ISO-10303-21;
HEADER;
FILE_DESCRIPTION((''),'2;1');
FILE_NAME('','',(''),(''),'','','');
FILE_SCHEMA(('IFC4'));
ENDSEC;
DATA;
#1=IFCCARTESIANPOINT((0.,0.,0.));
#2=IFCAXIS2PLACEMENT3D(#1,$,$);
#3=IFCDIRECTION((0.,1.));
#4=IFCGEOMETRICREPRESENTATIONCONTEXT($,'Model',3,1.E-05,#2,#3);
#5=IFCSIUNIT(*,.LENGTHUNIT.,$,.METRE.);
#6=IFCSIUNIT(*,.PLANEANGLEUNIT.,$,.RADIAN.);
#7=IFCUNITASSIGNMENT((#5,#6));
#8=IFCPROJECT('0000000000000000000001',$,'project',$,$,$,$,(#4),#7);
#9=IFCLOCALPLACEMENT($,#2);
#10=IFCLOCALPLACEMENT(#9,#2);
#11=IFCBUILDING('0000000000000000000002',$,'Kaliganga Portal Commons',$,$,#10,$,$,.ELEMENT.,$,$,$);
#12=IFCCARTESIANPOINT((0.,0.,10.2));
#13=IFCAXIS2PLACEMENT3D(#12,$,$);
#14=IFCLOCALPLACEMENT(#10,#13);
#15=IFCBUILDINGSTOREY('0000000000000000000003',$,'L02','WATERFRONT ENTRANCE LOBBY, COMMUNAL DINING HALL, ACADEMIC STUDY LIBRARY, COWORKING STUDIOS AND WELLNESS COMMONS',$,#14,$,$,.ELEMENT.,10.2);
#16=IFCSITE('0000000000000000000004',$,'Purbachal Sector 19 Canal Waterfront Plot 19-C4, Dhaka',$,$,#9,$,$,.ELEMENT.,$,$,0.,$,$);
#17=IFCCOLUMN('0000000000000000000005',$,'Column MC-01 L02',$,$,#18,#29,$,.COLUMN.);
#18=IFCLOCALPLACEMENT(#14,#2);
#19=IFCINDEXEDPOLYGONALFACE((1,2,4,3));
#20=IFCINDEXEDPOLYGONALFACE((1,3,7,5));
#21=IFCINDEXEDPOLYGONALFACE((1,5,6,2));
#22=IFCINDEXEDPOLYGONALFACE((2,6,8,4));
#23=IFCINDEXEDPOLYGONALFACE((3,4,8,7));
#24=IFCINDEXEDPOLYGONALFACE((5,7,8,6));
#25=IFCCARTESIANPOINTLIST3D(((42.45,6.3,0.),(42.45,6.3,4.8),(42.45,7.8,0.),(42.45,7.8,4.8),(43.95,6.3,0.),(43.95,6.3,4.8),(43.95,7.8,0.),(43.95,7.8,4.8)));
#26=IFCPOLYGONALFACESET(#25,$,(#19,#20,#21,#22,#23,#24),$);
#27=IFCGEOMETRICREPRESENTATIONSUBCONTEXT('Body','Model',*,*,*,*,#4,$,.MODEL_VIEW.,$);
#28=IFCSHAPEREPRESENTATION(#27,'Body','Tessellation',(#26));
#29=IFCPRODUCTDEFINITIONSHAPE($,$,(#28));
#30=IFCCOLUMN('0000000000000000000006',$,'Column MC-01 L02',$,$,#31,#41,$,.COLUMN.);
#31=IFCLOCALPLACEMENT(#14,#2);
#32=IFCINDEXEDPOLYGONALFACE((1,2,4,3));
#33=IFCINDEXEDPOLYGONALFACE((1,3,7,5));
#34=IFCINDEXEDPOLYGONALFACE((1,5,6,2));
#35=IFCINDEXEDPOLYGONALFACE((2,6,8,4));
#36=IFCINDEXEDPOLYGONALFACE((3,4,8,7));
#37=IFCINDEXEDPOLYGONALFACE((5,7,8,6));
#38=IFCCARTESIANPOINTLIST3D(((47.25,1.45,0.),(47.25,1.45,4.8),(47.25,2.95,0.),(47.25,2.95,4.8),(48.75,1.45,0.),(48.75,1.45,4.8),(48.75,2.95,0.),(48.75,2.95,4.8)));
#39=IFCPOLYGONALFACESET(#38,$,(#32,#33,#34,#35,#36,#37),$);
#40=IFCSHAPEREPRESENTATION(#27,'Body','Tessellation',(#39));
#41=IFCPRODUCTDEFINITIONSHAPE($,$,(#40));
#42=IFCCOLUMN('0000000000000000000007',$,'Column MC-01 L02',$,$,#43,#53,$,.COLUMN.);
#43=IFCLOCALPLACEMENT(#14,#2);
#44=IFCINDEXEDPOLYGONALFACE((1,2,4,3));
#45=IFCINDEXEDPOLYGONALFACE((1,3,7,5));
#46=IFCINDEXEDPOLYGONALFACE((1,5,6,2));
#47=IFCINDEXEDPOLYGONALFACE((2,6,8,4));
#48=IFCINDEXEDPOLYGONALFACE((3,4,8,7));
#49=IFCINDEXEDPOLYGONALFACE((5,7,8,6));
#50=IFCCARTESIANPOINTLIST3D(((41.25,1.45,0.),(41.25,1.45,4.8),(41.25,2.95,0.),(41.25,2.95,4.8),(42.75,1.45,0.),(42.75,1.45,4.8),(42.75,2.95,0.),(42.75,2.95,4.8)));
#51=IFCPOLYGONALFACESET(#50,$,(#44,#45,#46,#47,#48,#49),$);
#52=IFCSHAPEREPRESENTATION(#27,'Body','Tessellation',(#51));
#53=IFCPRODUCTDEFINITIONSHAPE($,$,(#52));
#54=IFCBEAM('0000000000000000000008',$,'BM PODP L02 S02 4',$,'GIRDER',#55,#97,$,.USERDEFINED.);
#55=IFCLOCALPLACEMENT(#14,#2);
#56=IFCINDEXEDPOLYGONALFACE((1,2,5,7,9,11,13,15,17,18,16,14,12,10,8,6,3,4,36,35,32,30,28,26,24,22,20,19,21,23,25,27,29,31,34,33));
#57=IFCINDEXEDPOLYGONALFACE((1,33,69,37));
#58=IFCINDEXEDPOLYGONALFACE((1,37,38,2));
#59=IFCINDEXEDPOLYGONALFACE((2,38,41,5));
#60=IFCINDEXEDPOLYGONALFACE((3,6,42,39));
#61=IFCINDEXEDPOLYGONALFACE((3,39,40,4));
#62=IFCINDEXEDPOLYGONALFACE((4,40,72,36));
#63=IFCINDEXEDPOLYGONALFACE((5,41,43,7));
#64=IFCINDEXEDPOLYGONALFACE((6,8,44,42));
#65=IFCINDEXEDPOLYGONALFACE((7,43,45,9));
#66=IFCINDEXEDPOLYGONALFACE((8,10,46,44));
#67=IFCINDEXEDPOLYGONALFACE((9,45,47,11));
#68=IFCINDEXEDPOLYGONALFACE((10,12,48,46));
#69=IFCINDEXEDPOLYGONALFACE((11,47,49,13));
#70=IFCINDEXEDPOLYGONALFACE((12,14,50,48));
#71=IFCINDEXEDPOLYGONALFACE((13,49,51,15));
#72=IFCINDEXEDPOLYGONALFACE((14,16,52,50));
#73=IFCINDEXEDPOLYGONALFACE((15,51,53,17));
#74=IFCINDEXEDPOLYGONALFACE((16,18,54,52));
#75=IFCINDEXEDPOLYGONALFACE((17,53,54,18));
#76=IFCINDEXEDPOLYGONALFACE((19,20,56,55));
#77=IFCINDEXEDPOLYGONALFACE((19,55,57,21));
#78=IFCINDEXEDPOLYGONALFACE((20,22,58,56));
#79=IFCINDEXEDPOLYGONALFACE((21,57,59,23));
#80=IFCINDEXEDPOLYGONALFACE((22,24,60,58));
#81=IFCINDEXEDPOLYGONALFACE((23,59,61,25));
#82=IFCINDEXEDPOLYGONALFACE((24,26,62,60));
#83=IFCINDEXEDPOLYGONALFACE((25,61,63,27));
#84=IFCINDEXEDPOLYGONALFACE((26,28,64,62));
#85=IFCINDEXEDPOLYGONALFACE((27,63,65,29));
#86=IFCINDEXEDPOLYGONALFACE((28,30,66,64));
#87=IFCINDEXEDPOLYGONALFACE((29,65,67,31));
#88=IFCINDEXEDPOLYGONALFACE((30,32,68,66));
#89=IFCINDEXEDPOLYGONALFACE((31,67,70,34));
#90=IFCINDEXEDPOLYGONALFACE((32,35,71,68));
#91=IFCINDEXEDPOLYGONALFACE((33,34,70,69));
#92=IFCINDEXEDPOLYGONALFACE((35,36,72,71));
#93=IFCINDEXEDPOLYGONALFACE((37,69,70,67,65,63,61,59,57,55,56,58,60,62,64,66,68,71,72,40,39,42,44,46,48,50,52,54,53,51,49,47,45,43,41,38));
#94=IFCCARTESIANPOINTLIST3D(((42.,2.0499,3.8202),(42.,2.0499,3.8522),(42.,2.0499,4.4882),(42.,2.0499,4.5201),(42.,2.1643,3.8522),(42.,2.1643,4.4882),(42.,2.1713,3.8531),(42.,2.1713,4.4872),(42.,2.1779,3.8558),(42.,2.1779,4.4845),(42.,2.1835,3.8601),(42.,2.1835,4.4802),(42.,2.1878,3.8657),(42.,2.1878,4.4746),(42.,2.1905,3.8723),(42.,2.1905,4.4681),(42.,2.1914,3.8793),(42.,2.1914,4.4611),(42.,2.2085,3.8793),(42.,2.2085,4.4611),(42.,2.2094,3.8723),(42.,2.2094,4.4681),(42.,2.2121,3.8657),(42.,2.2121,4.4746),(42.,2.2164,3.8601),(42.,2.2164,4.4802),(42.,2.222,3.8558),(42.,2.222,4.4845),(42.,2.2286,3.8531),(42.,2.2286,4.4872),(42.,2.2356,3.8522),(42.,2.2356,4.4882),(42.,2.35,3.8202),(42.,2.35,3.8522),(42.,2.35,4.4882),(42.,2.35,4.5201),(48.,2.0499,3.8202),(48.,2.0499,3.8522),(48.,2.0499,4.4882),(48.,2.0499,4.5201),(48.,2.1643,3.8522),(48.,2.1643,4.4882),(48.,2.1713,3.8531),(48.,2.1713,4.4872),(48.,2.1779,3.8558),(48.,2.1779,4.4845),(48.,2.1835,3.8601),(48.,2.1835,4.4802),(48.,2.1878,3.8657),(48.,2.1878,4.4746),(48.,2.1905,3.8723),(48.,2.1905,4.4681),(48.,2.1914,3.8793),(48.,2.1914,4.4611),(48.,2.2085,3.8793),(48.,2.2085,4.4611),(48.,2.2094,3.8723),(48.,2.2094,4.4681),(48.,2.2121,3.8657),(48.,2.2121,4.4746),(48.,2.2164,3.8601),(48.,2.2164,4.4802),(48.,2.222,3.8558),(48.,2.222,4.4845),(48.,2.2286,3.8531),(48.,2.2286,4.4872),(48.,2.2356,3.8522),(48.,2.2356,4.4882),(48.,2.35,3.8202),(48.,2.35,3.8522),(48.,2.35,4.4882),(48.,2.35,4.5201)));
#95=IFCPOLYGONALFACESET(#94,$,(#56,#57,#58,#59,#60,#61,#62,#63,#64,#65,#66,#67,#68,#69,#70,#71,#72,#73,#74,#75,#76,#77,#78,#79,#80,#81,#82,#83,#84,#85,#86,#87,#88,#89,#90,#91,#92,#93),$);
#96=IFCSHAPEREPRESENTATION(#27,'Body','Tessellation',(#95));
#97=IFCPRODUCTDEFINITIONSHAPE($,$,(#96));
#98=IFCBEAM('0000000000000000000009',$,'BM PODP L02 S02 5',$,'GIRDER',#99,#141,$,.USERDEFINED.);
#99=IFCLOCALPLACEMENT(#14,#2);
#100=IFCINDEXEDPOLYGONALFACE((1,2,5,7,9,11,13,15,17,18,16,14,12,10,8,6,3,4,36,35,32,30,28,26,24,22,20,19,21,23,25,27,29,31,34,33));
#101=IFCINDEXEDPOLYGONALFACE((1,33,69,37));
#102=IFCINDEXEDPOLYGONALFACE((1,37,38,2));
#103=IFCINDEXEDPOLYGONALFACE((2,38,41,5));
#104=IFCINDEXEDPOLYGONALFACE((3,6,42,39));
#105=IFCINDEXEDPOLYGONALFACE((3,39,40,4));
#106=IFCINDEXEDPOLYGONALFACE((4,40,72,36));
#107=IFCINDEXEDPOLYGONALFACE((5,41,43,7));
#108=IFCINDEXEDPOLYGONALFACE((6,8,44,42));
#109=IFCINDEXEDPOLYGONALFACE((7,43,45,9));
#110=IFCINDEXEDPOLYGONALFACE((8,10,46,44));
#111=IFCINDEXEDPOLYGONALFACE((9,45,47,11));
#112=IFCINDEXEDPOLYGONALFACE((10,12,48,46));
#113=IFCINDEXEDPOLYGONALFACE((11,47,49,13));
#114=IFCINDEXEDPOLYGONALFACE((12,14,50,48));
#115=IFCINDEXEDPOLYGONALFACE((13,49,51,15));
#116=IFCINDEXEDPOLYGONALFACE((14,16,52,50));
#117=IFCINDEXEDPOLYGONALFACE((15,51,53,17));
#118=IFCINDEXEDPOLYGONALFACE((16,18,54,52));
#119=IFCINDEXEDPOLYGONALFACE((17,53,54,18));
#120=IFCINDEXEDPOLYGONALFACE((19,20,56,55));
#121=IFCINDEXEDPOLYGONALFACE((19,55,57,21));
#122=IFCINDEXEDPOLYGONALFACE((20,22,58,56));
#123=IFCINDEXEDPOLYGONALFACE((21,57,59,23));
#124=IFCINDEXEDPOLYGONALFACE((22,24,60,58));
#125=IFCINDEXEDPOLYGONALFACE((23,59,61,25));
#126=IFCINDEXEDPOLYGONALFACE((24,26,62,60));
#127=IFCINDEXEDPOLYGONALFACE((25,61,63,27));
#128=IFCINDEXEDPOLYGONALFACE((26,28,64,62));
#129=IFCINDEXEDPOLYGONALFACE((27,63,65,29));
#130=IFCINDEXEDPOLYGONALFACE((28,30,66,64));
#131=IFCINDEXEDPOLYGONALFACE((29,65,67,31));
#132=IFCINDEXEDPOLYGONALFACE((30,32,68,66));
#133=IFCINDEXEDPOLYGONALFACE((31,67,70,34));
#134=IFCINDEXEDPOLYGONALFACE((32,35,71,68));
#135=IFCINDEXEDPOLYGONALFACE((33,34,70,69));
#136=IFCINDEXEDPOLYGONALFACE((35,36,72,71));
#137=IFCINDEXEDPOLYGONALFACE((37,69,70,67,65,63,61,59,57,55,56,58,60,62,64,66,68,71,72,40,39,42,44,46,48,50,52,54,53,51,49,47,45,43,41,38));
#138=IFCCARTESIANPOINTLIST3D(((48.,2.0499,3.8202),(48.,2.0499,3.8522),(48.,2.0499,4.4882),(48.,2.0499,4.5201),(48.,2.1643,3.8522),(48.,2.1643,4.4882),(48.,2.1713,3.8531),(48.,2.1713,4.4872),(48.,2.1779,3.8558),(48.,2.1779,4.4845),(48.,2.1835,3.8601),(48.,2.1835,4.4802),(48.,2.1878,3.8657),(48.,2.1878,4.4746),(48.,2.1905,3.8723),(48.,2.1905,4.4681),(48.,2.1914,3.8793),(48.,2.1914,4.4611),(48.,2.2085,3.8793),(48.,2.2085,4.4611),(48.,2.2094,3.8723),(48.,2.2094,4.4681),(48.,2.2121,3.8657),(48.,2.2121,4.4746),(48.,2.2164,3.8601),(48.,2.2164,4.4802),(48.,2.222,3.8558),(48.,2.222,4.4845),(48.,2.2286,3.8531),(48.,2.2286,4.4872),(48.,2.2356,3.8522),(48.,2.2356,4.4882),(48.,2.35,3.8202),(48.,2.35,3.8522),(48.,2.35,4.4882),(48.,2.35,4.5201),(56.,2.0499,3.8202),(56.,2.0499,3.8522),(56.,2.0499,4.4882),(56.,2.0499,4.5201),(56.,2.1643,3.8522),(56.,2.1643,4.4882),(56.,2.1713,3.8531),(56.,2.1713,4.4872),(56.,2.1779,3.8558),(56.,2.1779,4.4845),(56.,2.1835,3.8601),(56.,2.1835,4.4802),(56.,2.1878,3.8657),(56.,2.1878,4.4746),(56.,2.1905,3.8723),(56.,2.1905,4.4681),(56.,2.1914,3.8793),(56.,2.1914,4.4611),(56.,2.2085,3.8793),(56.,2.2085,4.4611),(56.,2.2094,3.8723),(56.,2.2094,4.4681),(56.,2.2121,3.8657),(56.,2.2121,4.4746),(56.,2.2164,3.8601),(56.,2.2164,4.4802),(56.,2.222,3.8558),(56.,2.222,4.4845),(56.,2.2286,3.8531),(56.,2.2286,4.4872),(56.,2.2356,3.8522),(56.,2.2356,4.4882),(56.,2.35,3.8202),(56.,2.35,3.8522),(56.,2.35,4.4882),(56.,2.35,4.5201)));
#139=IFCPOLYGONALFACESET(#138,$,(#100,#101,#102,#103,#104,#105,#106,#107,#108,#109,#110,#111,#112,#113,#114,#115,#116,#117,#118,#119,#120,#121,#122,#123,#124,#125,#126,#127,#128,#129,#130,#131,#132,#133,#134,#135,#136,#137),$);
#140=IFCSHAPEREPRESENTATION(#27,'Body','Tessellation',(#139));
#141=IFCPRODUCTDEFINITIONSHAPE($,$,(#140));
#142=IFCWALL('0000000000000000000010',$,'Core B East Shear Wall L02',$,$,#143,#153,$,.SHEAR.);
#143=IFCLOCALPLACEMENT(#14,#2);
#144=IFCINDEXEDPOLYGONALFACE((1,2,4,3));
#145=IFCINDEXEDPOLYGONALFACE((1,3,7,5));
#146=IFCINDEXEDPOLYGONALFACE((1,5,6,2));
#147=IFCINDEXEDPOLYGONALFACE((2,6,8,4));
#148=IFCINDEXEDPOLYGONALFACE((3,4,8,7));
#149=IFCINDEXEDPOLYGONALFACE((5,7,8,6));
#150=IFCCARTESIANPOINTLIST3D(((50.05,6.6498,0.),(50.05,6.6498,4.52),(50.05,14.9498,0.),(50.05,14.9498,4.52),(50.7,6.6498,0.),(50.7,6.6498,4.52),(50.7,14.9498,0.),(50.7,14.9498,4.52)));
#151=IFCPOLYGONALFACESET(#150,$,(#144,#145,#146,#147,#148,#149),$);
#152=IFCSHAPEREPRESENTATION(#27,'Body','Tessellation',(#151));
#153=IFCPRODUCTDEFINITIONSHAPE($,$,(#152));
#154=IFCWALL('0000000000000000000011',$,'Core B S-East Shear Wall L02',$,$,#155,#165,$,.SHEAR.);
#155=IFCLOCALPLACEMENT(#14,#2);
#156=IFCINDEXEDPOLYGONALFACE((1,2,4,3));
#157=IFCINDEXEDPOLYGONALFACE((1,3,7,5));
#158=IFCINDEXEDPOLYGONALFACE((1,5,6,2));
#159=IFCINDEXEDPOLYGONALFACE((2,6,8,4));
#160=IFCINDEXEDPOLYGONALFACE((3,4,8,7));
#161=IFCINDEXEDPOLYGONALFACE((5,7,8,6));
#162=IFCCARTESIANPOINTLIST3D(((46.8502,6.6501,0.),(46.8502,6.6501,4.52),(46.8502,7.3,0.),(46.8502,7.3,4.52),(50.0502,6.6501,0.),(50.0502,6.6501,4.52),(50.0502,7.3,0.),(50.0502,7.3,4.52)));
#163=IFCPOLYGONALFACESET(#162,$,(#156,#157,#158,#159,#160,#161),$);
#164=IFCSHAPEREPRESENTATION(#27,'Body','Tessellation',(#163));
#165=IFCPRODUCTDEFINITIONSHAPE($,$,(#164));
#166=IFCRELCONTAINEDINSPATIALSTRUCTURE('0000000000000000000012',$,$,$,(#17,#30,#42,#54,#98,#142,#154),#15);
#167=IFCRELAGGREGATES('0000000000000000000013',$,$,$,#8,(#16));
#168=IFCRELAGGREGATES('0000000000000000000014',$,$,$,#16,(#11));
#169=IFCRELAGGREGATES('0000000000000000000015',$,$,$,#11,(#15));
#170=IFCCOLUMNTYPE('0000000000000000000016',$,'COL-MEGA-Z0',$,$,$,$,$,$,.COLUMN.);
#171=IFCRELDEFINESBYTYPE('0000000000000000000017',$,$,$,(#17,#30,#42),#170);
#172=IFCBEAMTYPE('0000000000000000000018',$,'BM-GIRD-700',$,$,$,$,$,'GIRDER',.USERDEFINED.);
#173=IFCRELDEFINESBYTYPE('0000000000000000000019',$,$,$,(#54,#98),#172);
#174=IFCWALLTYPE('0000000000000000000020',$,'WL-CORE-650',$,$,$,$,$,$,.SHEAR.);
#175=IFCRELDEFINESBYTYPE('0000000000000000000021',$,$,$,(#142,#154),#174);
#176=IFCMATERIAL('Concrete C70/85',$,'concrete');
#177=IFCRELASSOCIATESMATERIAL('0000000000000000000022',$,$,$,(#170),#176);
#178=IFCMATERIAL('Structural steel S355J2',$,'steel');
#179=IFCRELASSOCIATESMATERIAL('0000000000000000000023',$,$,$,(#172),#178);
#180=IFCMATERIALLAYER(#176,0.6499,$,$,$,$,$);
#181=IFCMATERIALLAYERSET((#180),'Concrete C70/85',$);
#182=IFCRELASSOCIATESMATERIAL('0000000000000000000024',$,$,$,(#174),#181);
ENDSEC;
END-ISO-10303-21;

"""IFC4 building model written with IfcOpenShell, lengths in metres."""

from ifc_helpers import new_model, si_unit, direction, frame, frame_2d, origin, origin_2d, place, context, subcontext, project, spatial, rectangle, i_section, extrude, source, transform, mapped, material, layer, layer_set, material_profile, profile_set, type_object, element, save


model = new_model("IFC4")

# Units and contexts
model_context = context("Model", 3, precision=1e-05, world=origin(), true_north=direction((0.0, 1.0)))
body_context = subcontext(model_context, "Body", "Model", "MODEL_VIEW")
ifc_project = project(units=[si_unit("LENGTHUNIT", "METRE"), si_unit("PLANEANGLEUNIT", "RADIAN")], contexts=[model_context])

# Site, building, storey
site_placement = place(None, origin())
site = spatial("IfcSite", under=ifc_project, at=site_placement, Name="Purbachal Sector 19 Canal Waterfront Plot 19-C4, Dhaka", CompositionType="ELEMENT", RefElevation=0.0)
building_placement = place(site_placement, origin())
building = spatial("IfcBuilding", under=site, at=building_placement, Name="Kaliganga Portal Commons", CompositionType="ELEMENT")
storey_placement = place(building_placement, frame((0.0, 0.0, 10.2)))
storey = spatial("IfcBuildingStorey", under=building, at=storey_placement, Name="L02", Description="WATERFRONT ENTRANCE LOBBY, COMMUNAL DINING HALL, ACADEMIC STUDY LIBRARY, COWORKING STUDIOS AND WELLNESS COMMONS", CompositionType="ELEMENT", Elevation=10.2)

# Columns
ifc_material_1 = material(Name="Concrete C70/85", Category="concrete")
ifc_material_profile_1 = material_profile(ifc_material_1, rectangle(XDim=1.5, YDim=1.5, at=origin_2d()), Name="RC 1500x1500")
ifc_profile_set_1 = profile_set([ifc_material_profile_1], Name="Concrete C70/85")
column_type = type_object("IfcColumnType", Name="COL-MEGA-Z0", PredefinedType="COLUMN", material=ifc_profile_set_1)
shared_shape_1 = source(origin(), body_context, "Body", "SweptSolid", [
    extrude(rectangle(XDim=1.5, YDim=1.5, at=origin_2d()), origin(), (0.0, 0.0, 1.0), 4.8),
])
for number, where, z_axis, x_axis, name in (
    (1, (43.2, 7.05, 0.0), (0.0, 0.0, 1.0), (1.0, 0.0, 0.0), "Column MC-01 L02"),
    (2, (48.0, 2.2, 0.0), (0.0, 0.0, 1.0), (1.0, 0.0, 0.0), "Column MC-01 L02"),
    (3, (42.0, 2.2, 0.0), (0.0, 0.0, 1.0), (1.0, 0.0, 0.0), "Column MC-01 L02"),
):
    element("IfcColumn", number, at=place(storey_placement, frame(where, z_axis=z_axis, x_axis=x_axis)), inside=storey, type_object=column_type, Name=name, PredefinedType="COLUMN", context=body_context, shape_type="MappedRepresentation", body=[
        mapped(shared_shape_1, transform((0.0, 0.0, 0.0), x_axis=(1.0, 0.0, 0.0), y_axis=(0.0, 1.0, 0.0), z_axis=(0.0, 0.0, 1.0), scale=1.0)),
    ])

# Beams
ifc_material_2 = material(Name="Structural steel S355J2", Category="steel")
ifc_material_profile_2 = material_profile(ifc_material_2, i_section(OverallWidth=0.3, OverallDepth=0.7, WebThickness=0.0171, FlangeThickness=0.032, FilletRadius=0.0271, at=origin_2d()), Name="HE 700 B")
ifc_profile_set_2 = profile_set([ifc_material_profile_2], Name="Structural steel S355J2 wide-flange")
beam_type = type_object("IfcBeamType", Name="BM-GIRD-700", ElementType="GIRDER", PredefinedType="USERDEFINED", material=ifc_profile_set_2)
shared_shape_2 = source(origin(), body_context, "Body", "SweptSolid", [
    extrude(i_section(OverallWidth=0.3, OverallDepth=0.7, WebThickness=0.0171, FlangeThickness=0.032, FilletRadius=0.0271, at=origin_2d()), origin(), (0.0, 0.0, 1.0), 6.0),
])
beam_1_placement = place(storey_placement, frame((42.0, 2.2, 4.1702), z_axis=(1.0, 0.0, 0.0), x_axis=(0.0, 1.0, 0.0)))
element("IfcBeam", 4, at=beam_1_placement, inside=storey, type_object=beam_type, Name="BM PODP L02 S02 4", ObjectType="GIRDER", PredefinedType="USERDEFINED", context=body_context, shape_type="MappedRepresentation", body=[
    mapped(shared_shape_2, transform((0.0, 0.0, 0.0), x_axis=(1.0, 0.0, 0.0), y_axis=(0.0, 1.0, 0.0), z_axis=(0.0, 0.0, 1.0), scale=1.0)),
])
shared_shape_3 = source(origin(), body_context, "Body", "SweptSolid", [
    extrude(i_section(OverallWidth=0.3, OverallDepth=0.7, WebThickness=0.0171, FlangeThickness=0.032, FilletRadius=0.0271, at=origin_2d()), origin(), (0.0, 0.0, 1.0), 8.0),
])
beam_2_placement = place(storey_placement, frame((48.0, 2.2, 4.1702), z_axis=(1.0, 0.0, 0.0), x_axis=(0.0, 1.0, 0.0)))
element("IfcBeam", 5, at=beam_2_placement, inside=storey, type_object=beam_type, Name="BM PODP L02 S02 5", ObjectType="GIRDER", PredefinedType="USERDEFINED", context=body_context, shape_type="MappedRepresentation", body=[
    mapped(shared_shape_3, transform((0.0, 0.0, 0.0), x_axis=(1.0, 0.0, 0.0), y_axis=(0.0, 1.0, 0.0), z_axis=(0.0, 0.0, 1.0), scale=1.0)),
])

# Walls
ifc_layer_1 = layer(ifc_material_1, 0.6499)
ifc_layer_set_1 = layer_set([ifc_layer_1], Name="Concrete C70/85")
wall_type_1 = type_object("IfcWallType", Name="WL-CORE-650", PredefinedType="SHEAR", material=ifc_layer_set_1)
wall_1_placement = place(storey_placement, frame((50.375, 6.6499, 0.0), z_axis=(0.0, 0.0, 1.0), x_axis=(0.0, 1.0, 0.0)))
element("IfcWall", 6, at=wall_1_placement, inside=storey, type_object=wall_type_1, Name="Core B East Shear Wall L02", PredefinedType="SHEAR", context=body_context, shape_type="SweptSolid", body=[
    extrude(rectangle(XDim=8.3, YDim=0.6499, at=frame_2d((4.1499, 0.0))), origin(), (0.0, 0.0, 1.0), 4.52),
])
wall_2_placement = place(storey_placement, frame((46.8501, 6.9751, 0.0), z_axis=(0.0, 0.0, 1.0), x_axis=(1.0, 0.0, 0.0)))
element("IfcWall", 7, at=wall_2_placement, inside=storey, type_object=wall_type_1, Name="Core B S-East Shear Wall L02", PredefinedType="SHEAR", context=body_context, shape_type="SweptSolid", body=[
    extrude(rectangle(XDim=3.2, YDim=0.6499, at=frame_2d((1.6001, 0.0))), origin(), (0.0, 0.0, 1.0), 4.52),
])

save(model, "model.ifc")
